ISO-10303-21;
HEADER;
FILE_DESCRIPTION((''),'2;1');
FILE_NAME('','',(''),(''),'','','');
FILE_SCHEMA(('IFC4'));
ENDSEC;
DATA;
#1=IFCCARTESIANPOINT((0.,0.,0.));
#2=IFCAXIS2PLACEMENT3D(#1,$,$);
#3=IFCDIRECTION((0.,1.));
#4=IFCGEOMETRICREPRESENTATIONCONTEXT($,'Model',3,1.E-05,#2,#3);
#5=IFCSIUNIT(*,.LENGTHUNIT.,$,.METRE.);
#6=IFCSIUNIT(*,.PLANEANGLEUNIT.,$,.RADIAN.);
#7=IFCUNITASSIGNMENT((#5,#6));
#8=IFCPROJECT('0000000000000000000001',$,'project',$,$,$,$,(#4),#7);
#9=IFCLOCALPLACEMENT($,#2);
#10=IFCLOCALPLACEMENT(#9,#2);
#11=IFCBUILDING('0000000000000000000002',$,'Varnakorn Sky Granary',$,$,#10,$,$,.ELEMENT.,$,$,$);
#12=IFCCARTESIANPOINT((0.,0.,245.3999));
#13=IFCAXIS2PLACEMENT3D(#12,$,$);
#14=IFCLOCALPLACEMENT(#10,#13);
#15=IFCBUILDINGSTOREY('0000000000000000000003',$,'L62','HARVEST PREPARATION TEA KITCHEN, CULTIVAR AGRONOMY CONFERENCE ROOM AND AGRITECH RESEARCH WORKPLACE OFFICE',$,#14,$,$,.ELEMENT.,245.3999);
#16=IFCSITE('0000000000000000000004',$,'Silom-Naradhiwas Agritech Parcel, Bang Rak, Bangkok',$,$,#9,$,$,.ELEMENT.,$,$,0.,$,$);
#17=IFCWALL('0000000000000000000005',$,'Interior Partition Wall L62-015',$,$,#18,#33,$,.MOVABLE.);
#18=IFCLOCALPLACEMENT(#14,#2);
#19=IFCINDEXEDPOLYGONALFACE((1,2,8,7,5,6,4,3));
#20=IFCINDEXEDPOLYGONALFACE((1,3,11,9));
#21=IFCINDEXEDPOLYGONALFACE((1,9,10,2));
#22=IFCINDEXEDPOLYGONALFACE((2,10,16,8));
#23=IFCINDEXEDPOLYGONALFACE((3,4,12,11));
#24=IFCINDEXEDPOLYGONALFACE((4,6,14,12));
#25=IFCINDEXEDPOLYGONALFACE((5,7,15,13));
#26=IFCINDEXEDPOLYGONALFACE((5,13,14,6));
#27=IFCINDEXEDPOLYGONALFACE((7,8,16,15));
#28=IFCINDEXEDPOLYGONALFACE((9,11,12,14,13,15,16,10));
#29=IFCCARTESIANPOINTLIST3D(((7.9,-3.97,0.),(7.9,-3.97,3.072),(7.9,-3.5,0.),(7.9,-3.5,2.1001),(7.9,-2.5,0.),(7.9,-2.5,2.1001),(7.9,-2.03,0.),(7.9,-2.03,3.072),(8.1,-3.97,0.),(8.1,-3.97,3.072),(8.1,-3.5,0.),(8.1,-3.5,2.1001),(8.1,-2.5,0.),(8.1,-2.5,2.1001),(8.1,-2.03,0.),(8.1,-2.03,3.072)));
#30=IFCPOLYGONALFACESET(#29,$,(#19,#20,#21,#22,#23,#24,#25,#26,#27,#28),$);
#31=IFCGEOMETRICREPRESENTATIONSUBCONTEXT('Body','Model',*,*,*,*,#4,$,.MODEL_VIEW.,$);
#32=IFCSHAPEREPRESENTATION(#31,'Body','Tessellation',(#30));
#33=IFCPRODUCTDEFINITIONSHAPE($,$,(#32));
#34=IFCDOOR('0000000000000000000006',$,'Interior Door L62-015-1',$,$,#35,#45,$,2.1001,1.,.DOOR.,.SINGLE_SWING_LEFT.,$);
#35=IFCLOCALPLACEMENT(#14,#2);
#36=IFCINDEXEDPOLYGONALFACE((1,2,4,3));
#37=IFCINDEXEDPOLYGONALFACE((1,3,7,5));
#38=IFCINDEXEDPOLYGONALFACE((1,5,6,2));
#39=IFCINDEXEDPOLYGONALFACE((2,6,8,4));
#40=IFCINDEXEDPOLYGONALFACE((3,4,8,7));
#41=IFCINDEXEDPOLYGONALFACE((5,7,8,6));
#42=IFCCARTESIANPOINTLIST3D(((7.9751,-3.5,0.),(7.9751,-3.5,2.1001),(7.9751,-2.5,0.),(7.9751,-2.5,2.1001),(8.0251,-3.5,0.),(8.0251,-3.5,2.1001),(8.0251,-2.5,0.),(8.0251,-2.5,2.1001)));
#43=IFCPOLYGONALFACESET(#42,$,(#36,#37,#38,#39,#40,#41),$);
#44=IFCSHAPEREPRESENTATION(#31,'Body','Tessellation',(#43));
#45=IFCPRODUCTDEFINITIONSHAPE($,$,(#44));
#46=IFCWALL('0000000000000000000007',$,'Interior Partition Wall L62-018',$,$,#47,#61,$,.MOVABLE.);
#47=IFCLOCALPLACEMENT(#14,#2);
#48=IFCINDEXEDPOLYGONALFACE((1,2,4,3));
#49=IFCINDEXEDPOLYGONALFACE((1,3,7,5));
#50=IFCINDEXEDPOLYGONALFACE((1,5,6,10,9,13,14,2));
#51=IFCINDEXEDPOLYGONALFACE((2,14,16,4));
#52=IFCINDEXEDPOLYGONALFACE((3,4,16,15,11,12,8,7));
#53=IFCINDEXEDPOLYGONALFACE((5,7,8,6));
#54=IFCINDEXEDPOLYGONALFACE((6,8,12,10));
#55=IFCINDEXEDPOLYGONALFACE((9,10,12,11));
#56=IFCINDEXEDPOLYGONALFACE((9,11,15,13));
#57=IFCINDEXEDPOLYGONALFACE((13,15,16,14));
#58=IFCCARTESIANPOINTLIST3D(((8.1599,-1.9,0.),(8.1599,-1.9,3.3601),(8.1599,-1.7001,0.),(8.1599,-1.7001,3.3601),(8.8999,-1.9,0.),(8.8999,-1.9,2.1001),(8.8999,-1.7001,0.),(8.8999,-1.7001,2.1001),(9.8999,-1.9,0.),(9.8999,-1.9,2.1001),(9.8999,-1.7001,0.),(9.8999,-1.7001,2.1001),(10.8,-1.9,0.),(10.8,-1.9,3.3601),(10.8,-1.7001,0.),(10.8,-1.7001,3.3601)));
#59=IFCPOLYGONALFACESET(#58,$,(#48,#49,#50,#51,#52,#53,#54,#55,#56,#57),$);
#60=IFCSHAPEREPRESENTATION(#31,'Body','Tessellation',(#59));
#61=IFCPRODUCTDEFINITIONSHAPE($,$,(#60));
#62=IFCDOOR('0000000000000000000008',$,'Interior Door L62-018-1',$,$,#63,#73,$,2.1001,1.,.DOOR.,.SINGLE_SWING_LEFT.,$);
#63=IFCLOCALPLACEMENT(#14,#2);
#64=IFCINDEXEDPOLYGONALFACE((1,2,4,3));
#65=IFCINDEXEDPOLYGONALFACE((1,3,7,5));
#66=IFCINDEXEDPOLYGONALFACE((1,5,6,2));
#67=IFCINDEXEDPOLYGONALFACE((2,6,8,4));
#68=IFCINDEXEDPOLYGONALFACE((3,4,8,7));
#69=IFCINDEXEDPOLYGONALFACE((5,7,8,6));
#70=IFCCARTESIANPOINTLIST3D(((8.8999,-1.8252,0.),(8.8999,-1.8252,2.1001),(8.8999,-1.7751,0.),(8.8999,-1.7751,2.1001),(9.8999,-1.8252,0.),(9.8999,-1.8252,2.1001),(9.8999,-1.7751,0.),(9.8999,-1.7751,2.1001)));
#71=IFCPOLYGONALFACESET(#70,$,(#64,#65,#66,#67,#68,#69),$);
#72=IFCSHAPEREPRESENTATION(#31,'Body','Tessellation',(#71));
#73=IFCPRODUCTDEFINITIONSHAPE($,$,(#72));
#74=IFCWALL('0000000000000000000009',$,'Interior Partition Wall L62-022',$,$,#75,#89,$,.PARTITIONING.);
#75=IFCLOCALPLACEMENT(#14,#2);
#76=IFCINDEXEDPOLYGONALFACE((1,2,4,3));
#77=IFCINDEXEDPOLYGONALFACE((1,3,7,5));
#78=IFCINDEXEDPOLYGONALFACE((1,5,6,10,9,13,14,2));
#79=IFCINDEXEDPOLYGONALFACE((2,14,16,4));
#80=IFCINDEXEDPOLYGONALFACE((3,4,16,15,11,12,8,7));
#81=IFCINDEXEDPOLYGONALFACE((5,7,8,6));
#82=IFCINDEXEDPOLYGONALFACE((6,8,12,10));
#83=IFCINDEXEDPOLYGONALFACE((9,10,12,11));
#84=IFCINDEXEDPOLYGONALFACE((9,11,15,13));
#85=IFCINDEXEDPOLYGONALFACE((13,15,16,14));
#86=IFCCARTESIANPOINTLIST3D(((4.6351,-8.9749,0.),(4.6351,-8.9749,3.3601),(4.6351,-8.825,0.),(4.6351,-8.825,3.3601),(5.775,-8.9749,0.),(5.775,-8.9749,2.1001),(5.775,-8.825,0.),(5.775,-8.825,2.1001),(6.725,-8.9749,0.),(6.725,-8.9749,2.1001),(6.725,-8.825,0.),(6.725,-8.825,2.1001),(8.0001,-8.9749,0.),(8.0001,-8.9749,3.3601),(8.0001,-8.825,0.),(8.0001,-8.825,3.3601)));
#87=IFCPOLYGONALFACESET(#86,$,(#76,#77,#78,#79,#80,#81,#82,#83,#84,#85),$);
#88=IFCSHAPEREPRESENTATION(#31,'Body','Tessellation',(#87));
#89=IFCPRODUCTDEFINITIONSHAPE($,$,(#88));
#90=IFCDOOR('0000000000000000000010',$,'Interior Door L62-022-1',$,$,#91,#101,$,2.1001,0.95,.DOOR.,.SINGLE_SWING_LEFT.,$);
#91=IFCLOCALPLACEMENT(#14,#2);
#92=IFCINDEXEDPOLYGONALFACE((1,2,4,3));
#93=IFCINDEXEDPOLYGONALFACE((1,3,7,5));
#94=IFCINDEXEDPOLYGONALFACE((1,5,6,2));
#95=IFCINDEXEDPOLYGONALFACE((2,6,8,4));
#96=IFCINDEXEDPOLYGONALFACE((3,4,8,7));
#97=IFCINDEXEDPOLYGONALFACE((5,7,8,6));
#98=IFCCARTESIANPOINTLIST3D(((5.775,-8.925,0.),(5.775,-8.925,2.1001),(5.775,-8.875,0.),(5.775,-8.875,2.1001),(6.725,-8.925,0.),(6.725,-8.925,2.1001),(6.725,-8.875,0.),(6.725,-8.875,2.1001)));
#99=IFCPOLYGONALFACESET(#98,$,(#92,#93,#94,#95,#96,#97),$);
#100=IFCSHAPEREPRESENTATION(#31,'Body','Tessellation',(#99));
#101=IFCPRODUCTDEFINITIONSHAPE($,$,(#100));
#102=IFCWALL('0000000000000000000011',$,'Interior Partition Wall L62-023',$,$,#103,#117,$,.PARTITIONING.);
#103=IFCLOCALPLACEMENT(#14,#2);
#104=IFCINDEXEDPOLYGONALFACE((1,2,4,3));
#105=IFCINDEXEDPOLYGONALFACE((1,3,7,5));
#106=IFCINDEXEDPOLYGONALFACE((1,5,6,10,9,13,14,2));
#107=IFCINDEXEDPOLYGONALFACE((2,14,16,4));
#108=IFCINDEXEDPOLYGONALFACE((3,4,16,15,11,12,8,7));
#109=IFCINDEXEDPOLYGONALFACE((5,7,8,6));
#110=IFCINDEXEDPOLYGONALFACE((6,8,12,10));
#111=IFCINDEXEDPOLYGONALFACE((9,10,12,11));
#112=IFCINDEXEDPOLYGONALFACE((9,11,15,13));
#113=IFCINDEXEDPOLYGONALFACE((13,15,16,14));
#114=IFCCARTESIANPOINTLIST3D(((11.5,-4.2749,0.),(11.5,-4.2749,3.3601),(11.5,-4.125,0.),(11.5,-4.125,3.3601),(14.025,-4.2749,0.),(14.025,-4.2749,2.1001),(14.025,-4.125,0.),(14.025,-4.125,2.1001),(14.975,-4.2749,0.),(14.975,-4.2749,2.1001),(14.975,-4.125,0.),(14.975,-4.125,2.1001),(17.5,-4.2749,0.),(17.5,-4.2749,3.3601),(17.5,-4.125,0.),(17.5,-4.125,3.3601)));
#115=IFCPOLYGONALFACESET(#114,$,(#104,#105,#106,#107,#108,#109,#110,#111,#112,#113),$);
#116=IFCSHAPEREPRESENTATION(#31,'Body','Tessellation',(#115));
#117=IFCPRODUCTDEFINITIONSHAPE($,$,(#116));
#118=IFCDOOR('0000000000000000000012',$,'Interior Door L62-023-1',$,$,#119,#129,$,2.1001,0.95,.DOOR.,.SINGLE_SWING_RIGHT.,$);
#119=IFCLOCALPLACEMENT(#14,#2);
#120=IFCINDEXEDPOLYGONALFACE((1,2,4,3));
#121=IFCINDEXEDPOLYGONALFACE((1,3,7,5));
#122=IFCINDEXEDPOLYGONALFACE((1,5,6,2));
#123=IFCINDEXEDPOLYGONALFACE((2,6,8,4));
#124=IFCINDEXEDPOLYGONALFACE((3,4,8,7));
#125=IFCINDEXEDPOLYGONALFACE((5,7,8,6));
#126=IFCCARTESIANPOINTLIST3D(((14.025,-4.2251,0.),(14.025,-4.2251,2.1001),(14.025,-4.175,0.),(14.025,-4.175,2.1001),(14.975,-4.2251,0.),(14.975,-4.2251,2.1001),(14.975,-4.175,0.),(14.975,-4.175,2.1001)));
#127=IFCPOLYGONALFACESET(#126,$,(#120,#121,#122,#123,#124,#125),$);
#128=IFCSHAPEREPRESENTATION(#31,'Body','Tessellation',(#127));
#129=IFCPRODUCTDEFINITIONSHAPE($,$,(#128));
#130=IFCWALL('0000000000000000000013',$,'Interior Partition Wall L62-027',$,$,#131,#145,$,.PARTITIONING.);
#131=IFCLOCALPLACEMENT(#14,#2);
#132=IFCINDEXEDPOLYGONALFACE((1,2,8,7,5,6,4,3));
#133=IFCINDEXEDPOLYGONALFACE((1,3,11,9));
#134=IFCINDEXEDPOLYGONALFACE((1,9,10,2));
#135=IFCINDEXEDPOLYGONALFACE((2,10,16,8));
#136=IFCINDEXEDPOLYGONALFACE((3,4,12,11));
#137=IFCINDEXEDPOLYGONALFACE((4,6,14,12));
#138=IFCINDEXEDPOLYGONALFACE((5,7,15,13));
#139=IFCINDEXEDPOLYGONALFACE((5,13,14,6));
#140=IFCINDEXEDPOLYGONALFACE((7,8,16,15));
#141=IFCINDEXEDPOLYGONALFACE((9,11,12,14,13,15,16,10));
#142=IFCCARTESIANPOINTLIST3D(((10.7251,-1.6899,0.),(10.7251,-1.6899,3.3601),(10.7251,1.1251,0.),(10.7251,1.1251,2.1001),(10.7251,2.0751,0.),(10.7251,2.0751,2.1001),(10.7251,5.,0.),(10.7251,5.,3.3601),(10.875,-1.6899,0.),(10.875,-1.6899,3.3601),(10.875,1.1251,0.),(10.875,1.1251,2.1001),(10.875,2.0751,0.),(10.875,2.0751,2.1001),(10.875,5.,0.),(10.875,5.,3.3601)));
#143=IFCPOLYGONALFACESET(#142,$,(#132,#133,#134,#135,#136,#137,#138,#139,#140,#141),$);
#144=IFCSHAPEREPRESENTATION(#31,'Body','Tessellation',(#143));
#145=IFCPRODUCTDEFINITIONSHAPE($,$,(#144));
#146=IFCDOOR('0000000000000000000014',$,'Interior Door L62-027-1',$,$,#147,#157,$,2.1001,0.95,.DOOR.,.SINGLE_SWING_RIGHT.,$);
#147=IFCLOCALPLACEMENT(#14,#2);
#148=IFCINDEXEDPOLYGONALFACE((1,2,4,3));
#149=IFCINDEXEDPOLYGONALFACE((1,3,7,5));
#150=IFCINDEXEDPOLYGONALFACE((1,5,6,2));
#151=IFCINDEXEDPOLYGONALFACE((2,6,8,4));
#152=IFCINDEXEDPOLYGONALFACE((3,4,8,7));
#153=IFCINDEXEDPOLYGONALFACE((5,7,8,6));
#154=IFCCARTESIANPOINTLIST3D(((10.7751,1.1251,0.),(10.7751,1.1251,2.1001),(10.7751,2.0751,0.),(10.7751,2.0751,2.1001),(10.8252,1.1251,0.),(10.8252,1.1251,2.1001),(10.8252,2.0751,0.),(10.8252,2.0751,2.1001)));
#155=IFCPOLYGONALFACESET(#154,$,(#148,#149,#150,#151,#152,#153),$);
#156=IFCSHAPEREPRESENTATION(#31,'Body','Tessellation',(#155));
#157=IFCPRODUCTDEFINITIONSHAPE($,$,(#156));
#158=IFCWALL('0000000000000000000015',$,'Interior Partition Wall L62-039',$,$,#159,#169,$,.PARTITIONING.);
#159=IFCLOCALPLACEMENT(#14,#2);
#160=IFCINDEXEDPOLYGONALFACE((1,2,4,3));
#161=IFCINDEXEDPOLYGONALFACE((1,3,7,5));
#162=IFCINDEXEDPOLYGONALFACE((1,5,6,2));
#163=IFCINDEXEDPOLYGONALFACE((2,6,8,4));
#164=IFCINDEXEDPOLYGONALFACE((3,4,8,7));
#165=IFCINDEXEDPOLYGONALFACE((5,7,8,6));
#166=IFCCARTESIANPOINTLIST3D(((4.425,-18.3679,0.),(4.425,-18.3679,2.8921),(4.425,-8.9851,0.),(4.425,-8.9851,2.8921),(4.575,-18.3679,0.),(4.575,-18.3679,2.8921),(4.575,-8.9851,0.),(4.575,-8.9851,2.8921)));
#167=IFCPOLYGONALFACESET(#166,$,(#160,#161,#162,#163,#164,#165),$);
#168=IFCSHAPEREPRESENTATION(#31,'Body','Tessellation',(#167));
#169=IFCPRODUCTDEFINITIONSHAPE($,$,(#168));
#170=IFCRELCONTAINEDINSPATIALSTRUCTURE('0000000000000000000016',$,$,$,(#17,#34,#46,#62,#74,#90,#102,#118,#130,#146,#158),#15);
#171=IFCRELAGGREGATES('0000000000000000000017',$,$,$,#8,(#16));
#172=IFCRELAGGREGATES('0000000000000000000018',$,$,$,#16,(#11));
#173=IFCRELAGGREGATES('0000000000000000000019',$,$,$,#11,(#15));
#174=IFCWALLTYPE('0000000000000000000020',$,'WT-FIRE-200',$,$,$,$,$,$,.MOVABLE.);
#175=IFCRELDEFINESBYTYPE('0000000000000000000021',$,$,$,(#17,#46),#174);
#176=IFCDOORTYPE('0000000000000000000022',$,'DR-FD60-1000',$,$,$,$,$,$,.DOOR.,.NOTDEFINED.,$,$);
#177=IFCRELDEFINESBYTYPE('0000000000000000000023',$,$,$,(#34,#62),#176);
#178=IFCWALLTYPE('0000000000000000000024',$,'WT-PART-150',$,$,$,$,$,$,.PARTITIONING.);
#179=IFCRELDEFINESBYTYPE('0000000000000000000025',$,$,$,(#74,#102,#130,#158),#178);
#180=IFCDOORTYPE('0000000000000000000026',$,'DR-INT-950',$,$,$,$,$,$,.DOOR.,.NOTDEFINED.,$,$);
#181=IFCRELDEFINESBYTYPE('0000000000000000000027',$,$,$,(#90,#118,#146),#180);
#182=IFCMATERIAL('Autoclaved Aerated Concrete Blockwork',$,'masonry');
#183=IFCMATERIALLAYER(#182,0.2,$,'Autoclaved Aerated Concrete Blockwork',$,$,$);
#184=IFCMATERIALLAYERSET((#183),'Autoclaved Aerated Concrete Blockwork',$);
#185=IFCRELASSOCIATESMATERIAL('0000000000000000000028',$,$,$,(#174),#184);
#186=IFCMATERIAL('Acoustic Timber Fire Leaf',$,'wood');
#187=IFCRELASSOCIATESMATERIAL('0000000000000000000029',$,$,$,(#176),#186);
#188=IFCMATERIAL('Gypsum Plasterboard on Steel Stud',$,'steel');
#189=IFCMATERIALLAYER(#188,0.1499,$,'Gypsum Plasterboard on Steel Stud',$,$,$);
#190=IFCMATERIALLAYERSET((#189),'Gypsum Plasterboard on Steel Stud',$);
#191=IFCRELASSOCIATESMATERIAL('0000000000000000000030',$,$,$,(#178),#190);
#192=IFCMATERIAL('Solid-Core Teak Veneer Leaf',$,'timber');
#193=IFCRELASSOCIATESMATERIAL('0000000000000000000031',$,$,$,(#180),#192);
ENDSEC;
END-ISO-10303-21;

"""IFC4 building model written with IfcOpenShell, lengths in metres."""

from ifc_helpers import new_model, si_unit, direction, frame, frame_2d, origin, place, context, subcontext, project, spatial, rectangle, extrude, material, layer, layer_set, type_object, element, fill, save


model = new_model("IFC4")

# Units and contexts
model_context = context("Model", 3, precision=1e-05, world=origin(), true_north=direction((0.0, 1.0)))
body_context = subcontext(model_context, "Body", "Model", "MODEL_VIEW")
ifc_project = project(units=[si_unit("LENGTHUNIT", "METRE"), si_unit("PLANEANGLEUNIT", "RADIAN")], contexts=[model_context])

# Site, building, storey
site_placement = place(None, origin())
site = spatial("IfcSite", under=ifc_project, at=site_placement, Name="Silom-Naradhiwas Agritech Parcel, Bang Rak, Bangkok", CompositionType="ELEMENT", RefElevation=0.0)
building_placement = place(site_placement, origin())
building = spatial("IfcBuilding", under=site, at=building_placement, Name="Varnakorn Sky Granary", CompositionType="ELEMENT")
storey_placement = place(building_placement, frame((0.0, 0.0, 245.3999)))
storey = spatial("IfcBuildingStorey", under=building, at=storey_placement, Name="L62", Description="HARVEST PREPARATION TEA KITCHEN, CULTIVAR AGRONOMY CONFERENCE ROOM AND AGRITECH RESEARCH WORKPLACE OFFICE", CompositionType="ELEMENT", Elevation=245.3999)

# Walls, openings, doors
ifc_material_1 = material(Name="Autoclaved Aerated Concrete Blockwork", Category="masonry")
ifc_layer_1 = layer(ifc_material_1, 0.2, Name="Autoclaved Aerated Concrete Blockwork")
ifc_layer_set_1 = layer_set([ifc_layer_1], Name="Autoclaved Aerated Concrete Blockwork")
wall_type_1 = type_object("IfcWallType", Name="WT-FIRE-200", PredefinedType="MOVABLE", material=ifc_layer_set_1)
wall_1_placement = place(storey_placement, frame((8.0, -3.97, 0.0), z_axis=(0.0, 0.0, 1.0), x_axis=(0.0, 1.0, 0.0)))
wall_1 = element("IfcWall", 1, at=wall_1_placement, inside=storey, type_object=wall_type_1, Name="Interior Partition Wall L62-015", PredefinedType="MOVABLE", context=body_context, shape_type="SweptSolid", body=[
    extrude(rectangle(XDim=1.9399, YDim=0.2, at=frame_2d((0.97, 0.0))), origin(), (0.0, 0.0, 1.0), 3.072),
])
opening_1_placement = place(wall_1_placement, frame((0.47, 0.0, 0.0)))
opening_1 = element("IfcOpeningElement", 2, at=opening_1_placement, cuts=wall_1, PredefinedType="OPENING", context=body_context, shape_type="SweptSolid", body=[
    extrude(rectangle(XDim=1.0, YDim=2.1001, at=frame_2d((0.5, 1.05))), frame((0.0, 0.1099, 0.0), z_axis=(0.0, -1.0, 0.0), x_axis=(1.0, 0.0, 0.0)), (0.0, 0.0, 1.0), 0.22),
])
ifc_material_2 = material(Name="Acoustic Timber Fire Leaf", Category="wood")
door_type_1 = type_object("IfcDoorType", Name="DR-FD60-1000", OperationType="NOTDEFINED", PredefinedType="DOOR", material=ifc_material_2)
door_1_placement = place(opening_1_placement, origin())
door_1 = element("IfcDoor", 3, at=door_1_placement, inside=storey, type_object=door_type_1, Name="Interior Door L62-015-1", OperationType="SINGLE_SWING_LEFT", OverallHeight=2.1001, OverallWidth=1.0, PredefinedType="DOOR", context=body_context, shape_type="SweptSolid", body=[
    extrude(rectangle(XDim=1.0, YDim=2.1001, at=frame_2d((0.5, 1.05))), frame((0.0, 0.0249, 0.0), z_axis=(0.0, -1.0, 0.0), x_axis=(1.0, 0.0, 0.0)), (0.0, 0.0, 1.0), 0.05),
])
fill(opening_1, door_1)
wall_2_placement = place(storey_placement, frame((8.1599, -1.8, 0.0), z_axis=(0.0, 0.0, 1.0), x_axis=(1.0, 0.0, 0.0)))
wall_2 = element("IfcWall", 4, at=wall_2_placement, inside=storey, type_object=wall_type_1, Name="Interior Partition Wall L62-018", PredefinedType="MOVABLE", context=body_context, shape_type="SweptSolid", body=[
    extrude(rectangle(XDim=2.6401, YDim=0.2, at=frame_2d((1.3201, 0.0))), origin(), (0.0, 0.0, 1.0), 3.3601),
])
opening_2_placement = place(wall_2_placement, frame((0.74, 0.0, 0.0)))
opening_2 = element("IfcOpeningElement", 5, at=opening_2_placement, cuts=wall_2, PredefinedType="OPENING", context=body_context, shape_type="SweptSolid", body=[
    extrude(rectangle(XDim=1.0, YDim=2.1001, at=frame_2d((0.5, 1.05))), frame((0.0, 0.1099, 0.0), z_axis=(0.0, -1.0, 0.0), x_axis=(1.0, 0.0, 0.0)), (0.0, 0.0, 1.0), 0.22),
])
door_2_placement = place(opening_2_placement, origin())
door_2 = element("IfcDoor", 6, at=door_2_placement, inside=storey, type_object=door_type_1, Name="Interior Door L62-018-1", OperationType="SINGLE_SWING_LEFT", OverallHeight=2.1001, OverallWidth=1.0, PredefinedType="DOOR", context=body_context, shape_type="SweptSolid", body=[
    extrude(rectangle(XDim=1.0, YDim=2.1001, at=frame_2d((0.5, 1.05))), frame((0.0, 0.0249, 0.0), z_axis=(0.0, -1.0, 0.0), x_axis=(1.0, 0.0, 0.0)), (0.0, 0.0, 1.0), 0.05),
])
fill(opening_2, door_2)
ifc_material_3 = material(Name="Gypsum Plasterboard on Steel Stud", Category="steel")
ifc_layer_2 = layer(ifc_material_3, 0.1499, Name="Gypsum Plasterboard on Steel Stud")
ifc_layer_set_2 = layer_set([ifc_layer_2], Name="Gypsum Plasterboard on Steel Stud")
wall_type_2 = type_object("IfcWallType", Name="WT-PART-150", PredefinedType="PARTITIONING", material=ifc_layer_set_2)
wall_3_placement = place(storey_placement, frame((4.635, -8.8999, 0.0), z_axis=(0.0, 0.0, 1.0), x_axis=(1.0, 0.0, 0.0)))
wall_3 = element("IfcWall", 7, at=wall_3_placement, inside=storey, type_object=wall_type_2, Name="Interior Partition Wall L62-022", PredefinedType="PARTITIONING", context=body_context, shape_type="SweptSolid", body=[
    extrude(rectangle(XDim=3.365, YDim=0.1499, at=frame_2d((1.6826, 0.0))), origin(), (0.0, 0.0, 1.0), 3.3601),
])
opening_3_placement = place(wall_3_placement, frame((1.1399, 0.0, 0.0)))
opening_3 = element("IfcOpeningElement", 8, at=opening_3_placement, cuts=wall_3, PredefinedType="OPENING", context=body_context, shape_type="SweptSolid", body=[
    extrude(rectangle(XDim=0.95, YDim=2.1001, at=frame_2d((0.4751, 1.05))), frame((0.0, 0.085, 0.0), z_axis=(0.0, -1.0, 0.0), x_axis=(1.0, 0.0, 0.0)), (0.0, 0.0, 1.0), 0.1699),
])
ifc_material_4 = material(Name="Solid-Core Teak Veneer Leaf", Category="timber")
door_type_2 = type_object("IfcDoorType", Name="DR-INT-950", OperationType="NOTDEFINED", PredefinedType="DOOR", material=ifc_material_4)
door_3_placement = place(opening_3_placement, origin())
door_3 = element("IfcDoor", 9, at=door_3_placement, inside=storey, type_object=door_type_2, Name="Interior Door L62-022-1", OperationType="SINGLE_SWING_LEFT", OverallHeight=2.1001, OverallWidth=0.95, PredefinedType="DOOR", context=body_context, shape_type="SweptSolid", body=[
    extrude(rectangle(XDim=0.95, YDim=2.1001, at=frame_2d((0.4751, 1.05))), frame((0.0, 0.0249, 0.0), z_axis=(0.0, -1.0, 0.0), x_axis=(1.0, 0.0, 0.0)), (0.0, 0.0, 1.0), 0.05),
])
fill(opening_3, door_3)
wall_4_placement = place(storey_placement, frame((11.5, -4.2, 0.0), z_axis=(0.0, 0.0, 1.0), x_axis=(1.0, 0.0, 0.0)))
wall_4 = element("IfcWall", 10, at=wall_4_placement, inside=storey, type_object=wall_type_2, Name="Interior Partition Wall L62-023", PredefinedType="PARTITIONING", context=body_context, shape_type="SweptSolid", body=[
    extrude(rectangle(XDim=6.0, YDim=0.1499, at=frame_2d((3.0, 0.0))), origin(), (0.0, 0.0, 1.0), 3.3601),
])
opening_4_placement = place(wall_4_placement, frame((2.5249, 0.0, 0.0)))
opening_4 = element("IfcOpeningElement", 11, at=opening_4_placement, cuts=wall_4, PredefinedType="OPENING", context=body_context, shape_type="SweptSolid", body=[
    extrude(rectangle(XDim=0.95, YDim=2.1001, at=frame_2d((0.4751, 1.05))), frame((0.0, 0.085, 0.0), z_axis=(0.0, -1.0, 0.0), x_axis=(1.0, 0.0, 0.0)), (0.0, 0.0, 1.0), 0.1699),
])
door_4_placement = place(opening_4_placement, origin())
door_4 = element("IfcDoor", 12, at=door_4_placement, inside=storey, type_object=door_type_2, Name="Interior Door L62-023-1", OperationType="SINGLE_SWING_RIGHT", OverallHeight=2.1001, OverallWidth=0.95, PredefinedType="DOOR", context=body_context, shape_type="SweptSolid", body=[
    extrude(rectangle(XDim=0.95, YDim=2.1001, at=frame_2d((0.4751, 1.05))), frame((0.0, 0.0249, 0.0), z_axis=(0.0, -1.0, 0.0), x_axis=(1.0, 0.0, 0.0)), (0.0, 0.0, 1.0), 0.05),
])
fill(opening_4, door_4)
wall_5_placement = place(storey_placement, frame((10.8, -1.6899, 0.0), z_axis=(0.0, 0.0, 1.0), x_axis=(0.0, 1.0, 0.0)))
wall_5 = element("IfcWall", 13, at=wall_5_placement, inside=storey, type_object=wall_type_2, Name="Interior Partition Wall L62-027", PredefinedType="PARTITIONING", context=body_context, shape_type="SweptSolid", body=[
    extrude(rectangle(XDim=6.6899, YDim=0.1499, at=frame_2d((3.345, 0.0))), origin(), (0.0, 0.0, 1.0), 3.3601),
])
opening_5_placement = place(wall_5_placement, frame((2.8149, 0.0, 0.0)))
opening_5 = element("IfcOpeningElement", 14, at=opening_5_placement, cuts=wall_5, PredefinedType="OPENING", context=body_context, shape_type="SweptSolid", body=[
    extrude(rectangle(XDim=0.95, YDim=2.1001, at=frame_2d((0.4751, 1.05))), frame((0.0, 0.085, 0.0), z_axis=(0.0, -1.0, 0.0), x_axis=(1.0, 0.0, 0.0)), (0.0, 0.0, 1.0), 0.1699),
])
door_5_placement = place(opening_5_placement, origin())
door_5 = element("IfcDoor", 15, at=door_5_placement, inside=storey, type_object=door_type_2, Name="Interior Door L62-027-1", OperationType="SINGLE_SWING_RIGHT", OverallHeight=2.1001, OverallWidth=0.95, PredefinedType="DOOR", context=body_context, shape_type="SweptSolid", body=[
    extrude(rectangle(XDim=0.95, YDim=2.1001, at=frame_2d((0.4751, 1.05))), frame((0.0, 0.0249, 0.0), z_axis=(0.0, -1.0, 0.0), x_axis=(1.0, 0.0, 0.0)), (0.0, 0.0, 1.0), 0.05),
])
fill(opening_5, door_5)

# Wall
wall_6_placement = place(storey_placement, frame((4.5, -8.9851, 0.0), z_axis=(0.0, 0.0, 1.0), x_axis=(0.0, -1.0, 0.0)))
element("IfcWall", 16, at=wall_6_placement, inside=storey, type_object=wall_type_2, Name="Interior Partition Wall L62-039", PredefinedType="PARTITIONING", context=body_context, shape_type="SweptSolid", body=[
    extrude(rectangle(XDim=9.3828, YDim=0.1499, at=frame_2d((4.6914, 0.0))), origin(), (0.0, 0.0, 1.0), 2.8921),
])

save(model, "model.ifc")
